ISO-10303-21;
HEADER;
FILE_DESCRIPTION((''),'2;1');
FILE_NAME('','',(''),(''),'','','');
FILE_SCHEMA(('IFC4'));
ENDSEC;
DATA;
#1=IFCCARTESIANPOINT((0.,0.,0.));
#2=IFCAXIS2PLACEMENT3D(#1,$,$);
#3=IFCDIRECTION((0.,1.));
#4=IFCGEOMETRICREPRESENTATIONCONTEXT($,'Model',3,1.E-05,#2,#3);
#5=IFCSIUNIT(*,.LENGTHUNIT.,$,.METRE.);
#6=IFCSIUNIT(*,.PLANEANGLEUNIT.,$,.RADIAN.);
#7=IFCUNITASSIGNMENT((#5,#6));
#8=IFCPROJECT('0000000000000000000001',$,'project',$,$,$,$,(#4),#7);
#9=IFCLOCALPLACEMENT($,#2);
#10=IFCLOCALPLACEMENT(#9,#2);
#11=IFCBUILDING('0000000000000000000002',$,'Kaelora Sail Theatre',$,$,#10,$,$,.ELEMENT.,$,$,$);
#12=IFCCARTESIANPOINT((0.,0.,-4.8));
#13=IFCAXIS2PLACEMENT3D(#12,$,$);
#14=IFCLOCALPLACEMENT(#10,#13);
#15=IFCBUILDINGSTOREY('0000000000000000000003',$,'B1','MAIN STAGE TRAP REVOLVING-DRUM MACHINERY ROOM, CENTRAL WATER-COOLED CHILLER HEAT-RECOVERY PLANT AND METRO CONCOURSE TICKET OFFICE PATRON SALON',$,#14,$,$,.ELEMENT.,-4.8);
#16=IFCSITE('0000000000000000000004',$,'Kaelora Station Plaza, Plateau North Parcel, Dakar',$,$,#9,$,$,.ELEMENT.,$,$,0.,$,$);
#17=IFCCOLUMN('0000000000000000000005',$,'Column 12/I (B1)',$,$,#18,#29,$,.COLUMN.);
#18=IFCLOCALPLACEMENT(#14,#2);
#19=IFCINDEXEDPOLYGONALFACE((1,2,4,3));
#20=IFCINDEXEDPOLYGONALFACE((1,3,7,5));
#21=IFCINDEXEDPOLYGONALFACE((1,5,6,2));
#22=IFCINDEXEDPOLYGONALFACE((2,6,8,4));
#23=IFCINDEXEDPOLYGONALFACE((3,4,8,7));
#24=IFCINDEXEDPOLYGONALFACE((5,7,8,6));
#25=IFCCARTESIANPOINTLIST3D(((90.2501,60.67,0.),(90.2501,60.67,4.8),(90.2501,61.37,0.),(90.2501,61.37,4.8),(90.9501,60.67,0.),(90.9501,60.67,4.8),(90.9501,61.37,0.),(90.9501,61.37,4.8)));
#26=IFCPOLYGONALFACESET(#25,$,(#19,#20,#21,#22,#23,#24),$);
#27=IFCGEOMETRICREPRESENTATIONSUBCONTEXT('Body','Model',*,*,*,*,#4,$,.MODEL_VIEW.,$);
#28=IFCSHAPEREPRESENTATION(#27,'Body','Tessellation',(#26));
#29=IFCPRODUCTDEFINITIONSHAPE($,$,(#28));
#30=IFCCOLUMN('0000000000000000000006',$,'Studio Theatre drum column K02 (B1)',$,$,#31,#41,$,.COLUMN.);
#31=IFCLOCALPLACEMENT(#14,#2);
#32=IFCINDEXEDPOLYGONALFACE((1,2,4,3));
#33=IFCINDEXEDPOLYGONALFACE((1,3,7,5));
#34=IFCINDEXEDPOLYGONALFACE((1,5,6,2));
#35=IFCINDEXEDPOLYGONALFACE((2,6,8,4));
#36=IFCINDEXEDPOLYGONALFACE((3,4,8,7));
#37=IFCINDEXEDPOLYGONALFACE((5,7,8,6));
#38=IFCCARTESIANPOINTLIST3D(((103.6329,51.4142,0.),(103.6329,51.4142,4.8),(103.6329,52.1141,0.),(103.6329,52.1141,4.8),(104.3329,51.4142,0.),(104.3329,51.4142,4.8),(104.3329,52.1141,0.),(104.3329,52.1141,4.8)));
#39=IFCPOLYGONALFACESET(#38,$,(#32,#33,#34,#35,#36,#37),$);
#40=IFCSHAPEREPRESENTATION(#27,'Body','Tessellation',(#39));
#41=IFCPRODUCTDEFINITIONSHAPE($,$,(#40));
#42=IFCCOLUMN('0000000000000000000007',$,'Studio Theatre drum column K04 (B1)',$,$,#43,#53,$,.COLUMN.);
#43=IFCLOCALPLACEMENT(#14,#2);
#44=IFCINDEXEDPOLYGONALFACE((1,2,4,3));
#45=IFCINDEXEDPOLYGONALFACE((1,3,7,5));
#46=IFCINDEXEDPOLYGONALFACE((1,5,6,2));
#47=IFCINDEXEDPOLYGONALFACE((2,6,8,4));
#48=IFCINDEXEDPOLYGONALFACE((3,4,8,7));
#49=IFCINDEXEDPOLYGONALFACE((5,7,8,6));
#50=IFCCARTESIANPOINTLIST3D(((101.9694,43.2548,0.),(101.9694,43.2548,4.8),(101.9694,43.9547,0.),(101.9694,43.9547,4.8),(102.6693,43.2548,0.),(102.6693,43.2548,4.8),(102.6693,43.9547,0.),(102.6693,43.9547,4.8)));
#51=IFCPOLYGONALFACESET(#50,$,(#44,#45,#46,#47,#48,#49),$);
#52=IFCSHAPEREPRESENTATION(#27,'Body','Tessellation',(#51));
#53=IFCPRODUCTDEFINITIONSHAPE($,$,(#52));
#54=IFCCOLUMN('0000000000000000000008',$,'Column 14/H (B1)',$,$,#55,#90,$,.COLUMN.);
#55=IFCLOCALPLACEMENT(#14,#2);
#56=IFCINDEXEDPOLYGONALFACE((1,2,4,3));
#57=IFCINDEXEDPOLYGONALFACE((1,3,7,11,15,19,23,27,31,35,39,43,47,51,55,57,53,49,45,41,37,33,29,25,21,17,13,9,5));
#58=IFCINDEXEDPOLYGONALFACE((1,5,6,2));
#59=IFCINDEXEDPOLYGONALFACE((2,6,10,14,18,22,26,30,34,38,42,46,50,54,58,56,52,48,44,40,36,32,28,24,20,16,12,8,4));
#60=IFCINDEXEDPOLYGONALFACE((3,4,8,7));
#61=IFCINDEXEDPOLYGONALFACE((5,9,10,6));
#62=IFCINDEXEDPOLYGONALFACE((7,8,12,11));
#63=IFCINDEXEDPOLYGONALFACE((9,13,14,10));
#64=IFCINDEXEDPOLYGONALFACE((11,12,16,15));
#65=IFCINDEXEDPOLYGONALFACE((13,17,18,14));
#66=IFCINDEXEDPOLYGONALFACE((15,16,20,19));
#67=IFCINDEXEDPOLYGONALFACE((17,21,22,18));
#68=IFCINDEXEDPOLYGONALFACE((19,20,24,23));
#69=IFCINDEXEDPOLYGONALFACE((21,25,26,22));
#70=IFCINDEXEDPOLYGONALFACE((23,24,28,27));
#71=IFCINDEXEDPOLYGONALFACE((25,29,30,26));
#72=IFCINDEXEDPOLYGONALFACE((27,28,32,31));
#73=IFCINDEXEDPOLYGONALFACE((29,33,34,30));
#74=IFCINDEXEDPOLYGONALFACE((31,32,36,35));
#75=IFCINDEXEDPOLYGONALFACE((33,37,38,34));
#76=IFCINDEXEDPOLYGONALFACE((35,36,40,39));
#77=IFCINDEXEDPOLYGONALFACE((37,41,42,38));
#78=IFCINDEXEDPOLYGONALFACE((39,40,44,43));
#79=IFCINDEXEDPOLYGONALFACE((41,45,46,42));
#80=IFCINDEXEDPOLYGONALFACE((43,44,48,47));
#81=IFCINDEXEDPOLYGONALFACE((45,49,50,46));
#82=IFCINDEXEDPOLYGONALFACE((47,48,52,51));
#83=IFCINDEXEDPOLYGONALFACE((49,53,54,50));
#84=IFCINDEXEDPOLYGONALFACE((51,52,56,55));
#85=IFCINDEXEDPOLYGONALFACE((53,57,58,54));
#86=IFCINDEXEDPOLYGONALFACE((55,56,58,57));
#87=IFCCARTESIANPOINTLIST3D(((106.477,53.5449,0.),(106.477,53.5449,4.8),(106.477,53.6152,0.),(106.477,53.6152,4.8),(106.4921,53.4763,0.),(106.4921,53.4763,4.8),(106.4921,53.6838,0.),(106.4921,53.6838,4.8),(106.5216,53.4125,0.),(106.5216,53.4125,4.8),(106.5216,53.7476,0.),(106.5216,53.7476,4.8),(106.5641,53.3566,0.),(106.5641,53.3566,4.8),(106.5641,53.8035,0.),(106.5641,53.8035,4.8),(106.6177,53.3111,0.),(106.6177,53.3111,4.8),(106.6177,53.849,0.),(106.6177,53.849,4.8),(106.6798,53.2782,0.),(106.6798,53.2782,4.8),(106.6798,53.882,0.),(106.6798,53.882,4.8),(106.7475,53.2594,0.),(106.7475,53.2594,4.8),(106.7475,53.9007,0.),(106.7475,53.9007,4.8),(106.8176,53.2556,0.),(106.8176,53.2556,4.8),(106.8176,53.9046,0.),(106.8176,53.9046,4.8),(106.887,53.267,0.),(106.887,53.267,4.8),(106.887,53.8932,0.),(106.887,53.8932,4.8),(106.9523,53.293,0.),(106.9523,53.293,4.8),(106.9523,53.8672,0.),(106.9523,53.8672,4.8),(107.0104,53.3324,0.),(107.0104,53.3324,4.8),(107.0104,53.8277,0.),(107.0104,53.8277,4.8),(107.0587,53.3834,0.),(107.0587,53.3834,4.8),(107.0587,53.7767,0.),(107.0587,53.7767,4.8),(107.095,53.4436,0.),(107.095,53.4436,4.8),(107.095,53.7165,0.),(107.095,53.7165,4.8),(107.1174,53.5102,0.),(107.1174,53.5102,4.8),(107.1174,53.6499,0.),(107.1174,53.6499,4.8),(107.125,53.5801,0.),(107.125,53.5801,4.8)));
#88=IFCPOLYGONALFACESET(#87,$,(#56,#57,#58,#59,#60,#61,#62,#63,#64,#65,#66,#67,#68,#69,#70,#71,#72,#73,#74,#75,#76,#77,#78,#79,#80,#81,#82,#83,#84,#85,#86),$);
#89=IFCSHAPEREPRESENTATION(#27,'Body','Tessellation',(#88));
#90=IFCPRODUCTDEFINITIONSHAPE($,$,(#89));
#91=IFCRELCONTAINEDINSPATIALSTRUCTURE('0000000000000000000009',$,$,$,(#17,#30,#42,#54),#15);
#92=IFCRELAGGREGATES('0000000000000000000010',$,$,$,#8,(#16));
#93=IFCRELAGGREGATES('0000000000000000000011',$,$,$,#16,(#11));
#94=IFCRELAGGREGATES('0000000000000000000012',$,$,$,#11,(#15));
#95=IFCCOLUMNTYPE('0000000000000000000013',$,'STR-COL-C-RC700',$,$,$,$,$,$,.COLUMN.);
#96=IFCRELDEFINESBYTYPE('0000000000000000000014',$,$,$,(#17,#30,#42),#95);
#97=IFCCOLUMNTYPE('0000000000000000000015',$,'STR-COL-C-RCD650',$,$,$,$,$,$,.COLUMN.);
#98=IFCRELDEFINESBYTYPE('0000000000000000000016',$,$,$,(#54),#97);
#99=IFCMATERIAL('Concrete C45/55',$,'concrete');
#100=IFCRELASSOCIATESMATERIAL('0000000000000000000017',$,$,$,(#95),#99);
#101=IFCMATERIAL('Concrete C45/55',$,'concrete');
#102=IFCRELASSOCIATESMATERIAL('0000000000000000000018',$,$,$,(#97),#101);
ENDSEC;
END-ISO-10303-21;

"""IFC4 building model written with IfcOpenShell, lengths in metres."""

from ifc_helpers import new_model, si_unit, direction, frame, origin, origin_2d, place, context, subcontext, project, spatial, rectangle, circle, extrude, material, material_profile, profile_set, type_object, element, save


model = new_model("IFC4")

# Units and contexts
model_context = context("Model", 3, precision=1e-05, world=origin(), true_north=direction((0.0, 1.0)))
body_context = subcontext(model_context, "Body", "Model", "MODEL_VIEW")
ifc_project = project(units=[si_unit("LENGTHUNIT", "METRE"), si_unit("PLANEANGLEUNIT", "RADIAN")], contexts=[model_context])

# Site, building, storey
site_placement = place(None, origin())
site = spatial("IfcSite", under=ifc_project, at=site_placement, Name="Kaelora Station Plaza, Plateau North Parcel, Dakar", CompositionType="ELEMENT", RefElevation=0.0)
building_placement = place(site_placement, origin())
building = spatial("IfcBuilding", under=site, at=building_placement, Name="Kaelora Sail Theatre", CompositionType="ELEMENT")
storey_placement = place(building_placement, frame((0.0, 0.0, -4.8)))
storey = spatial("IfcBuildingStorey", under=building, at=storey_placement, Name="B1", Description="MAIN STAGE TRAP REVOLVING-DRUM MACHINERY ROOM, CENTRAL WATER-COOLED CHILLER HEAT-RECOVERY PLANT AND METRO CONCOURSE TICKET OFFICE PATRON SALON", CompositionType="ELEMENT", Elevation=-4.8)

# Columns
ifc_material_1 = material(Name="Concrete C45/55", Category="concrete")
ifc_material_profile_1 = material_profile(ifc_material_1, rectangle(XDim=0.7, YDim=0.7, at=origin_2d()), Name="RC-COL 700x700")
ifc_profile_set_1 = profile_set([ifc_material_profile_1], Name="Concrete C45/55")
column_type_1 = type_object("IfcColumnType", Name="STR-COL-C-RC700", PredefinedType="COLUMN", material=ifc_profile_set_1)
for number, where, z_axis, x_axis, name in (
    (1, (90.6001, 61.02, 0.0), (0.0, 0.0, 1.0), (1.0, 0.0, 0.0), "Column 12/I (B1)"),
    (2, (103.9829, 51.7642, 0.0), (0.0, 0.0, 1.0), (1.0, 0.0, 0.0), "Studio Theatre drum column K02 (B1)"),
    (3, (102.3193, 43.6047, 0.0), (0.0, 0.0, 1.0), (1.0, 0.0, 0.0), "Studio Theatre drum column K04 (B1)"),
):
    element("IfcColumn", number, at=place(storey_placement, frame(where, z_axis=z_axis, x_axis=x_axis)), inside=storey, type_object=column_type_1, Name=name, PredefinedType="COLUMN", context=body_context, shape_type="SweptSolid", body=[
        extrude(rectangle(XDim=0.7, YDim=0.7, at=origin_2d()), origin(), (0.0, 0.0, 1.0), 4.8),
    ])
ifc_material_2 = material(Name="Concrete C45/55", Category="concrete")
ifc_material_profile_2 = material_profile(ifc_material_2, circle(Radius=0.325, at=origin_2d()), Name="RC-CCOL D650")
ifc_profile_set_2 = profile_set([ifc_material_profile_2], Name="Concrete C45/55")
column_type_2 = type_object("IfcColumnType", Name="STR-COL-C-RCD650", PredefinedType="COLUMN", material=ifc_profile_set_2)
column_1_placement = place(storey_placement, frame((106.8, 53.5801, 0.0), z_axis=(0.0, 0.0, 1.0), x_axis=(1.0, 0.0, 0.0)))
element("IfcColumn", 4, at=column_1_placement, inside=storey, type_object=column_type_2, Name="Column 14/H (B1)", PredefinedType="COLUMN", context=body_context, shape_type="SweptSolid", body=[
    extrude(circle(Radius=0.325, at=origin_2d()), origin(), (0.0, 0.0, 1.0), 4.8),
])

save(model, "model.ifc")
